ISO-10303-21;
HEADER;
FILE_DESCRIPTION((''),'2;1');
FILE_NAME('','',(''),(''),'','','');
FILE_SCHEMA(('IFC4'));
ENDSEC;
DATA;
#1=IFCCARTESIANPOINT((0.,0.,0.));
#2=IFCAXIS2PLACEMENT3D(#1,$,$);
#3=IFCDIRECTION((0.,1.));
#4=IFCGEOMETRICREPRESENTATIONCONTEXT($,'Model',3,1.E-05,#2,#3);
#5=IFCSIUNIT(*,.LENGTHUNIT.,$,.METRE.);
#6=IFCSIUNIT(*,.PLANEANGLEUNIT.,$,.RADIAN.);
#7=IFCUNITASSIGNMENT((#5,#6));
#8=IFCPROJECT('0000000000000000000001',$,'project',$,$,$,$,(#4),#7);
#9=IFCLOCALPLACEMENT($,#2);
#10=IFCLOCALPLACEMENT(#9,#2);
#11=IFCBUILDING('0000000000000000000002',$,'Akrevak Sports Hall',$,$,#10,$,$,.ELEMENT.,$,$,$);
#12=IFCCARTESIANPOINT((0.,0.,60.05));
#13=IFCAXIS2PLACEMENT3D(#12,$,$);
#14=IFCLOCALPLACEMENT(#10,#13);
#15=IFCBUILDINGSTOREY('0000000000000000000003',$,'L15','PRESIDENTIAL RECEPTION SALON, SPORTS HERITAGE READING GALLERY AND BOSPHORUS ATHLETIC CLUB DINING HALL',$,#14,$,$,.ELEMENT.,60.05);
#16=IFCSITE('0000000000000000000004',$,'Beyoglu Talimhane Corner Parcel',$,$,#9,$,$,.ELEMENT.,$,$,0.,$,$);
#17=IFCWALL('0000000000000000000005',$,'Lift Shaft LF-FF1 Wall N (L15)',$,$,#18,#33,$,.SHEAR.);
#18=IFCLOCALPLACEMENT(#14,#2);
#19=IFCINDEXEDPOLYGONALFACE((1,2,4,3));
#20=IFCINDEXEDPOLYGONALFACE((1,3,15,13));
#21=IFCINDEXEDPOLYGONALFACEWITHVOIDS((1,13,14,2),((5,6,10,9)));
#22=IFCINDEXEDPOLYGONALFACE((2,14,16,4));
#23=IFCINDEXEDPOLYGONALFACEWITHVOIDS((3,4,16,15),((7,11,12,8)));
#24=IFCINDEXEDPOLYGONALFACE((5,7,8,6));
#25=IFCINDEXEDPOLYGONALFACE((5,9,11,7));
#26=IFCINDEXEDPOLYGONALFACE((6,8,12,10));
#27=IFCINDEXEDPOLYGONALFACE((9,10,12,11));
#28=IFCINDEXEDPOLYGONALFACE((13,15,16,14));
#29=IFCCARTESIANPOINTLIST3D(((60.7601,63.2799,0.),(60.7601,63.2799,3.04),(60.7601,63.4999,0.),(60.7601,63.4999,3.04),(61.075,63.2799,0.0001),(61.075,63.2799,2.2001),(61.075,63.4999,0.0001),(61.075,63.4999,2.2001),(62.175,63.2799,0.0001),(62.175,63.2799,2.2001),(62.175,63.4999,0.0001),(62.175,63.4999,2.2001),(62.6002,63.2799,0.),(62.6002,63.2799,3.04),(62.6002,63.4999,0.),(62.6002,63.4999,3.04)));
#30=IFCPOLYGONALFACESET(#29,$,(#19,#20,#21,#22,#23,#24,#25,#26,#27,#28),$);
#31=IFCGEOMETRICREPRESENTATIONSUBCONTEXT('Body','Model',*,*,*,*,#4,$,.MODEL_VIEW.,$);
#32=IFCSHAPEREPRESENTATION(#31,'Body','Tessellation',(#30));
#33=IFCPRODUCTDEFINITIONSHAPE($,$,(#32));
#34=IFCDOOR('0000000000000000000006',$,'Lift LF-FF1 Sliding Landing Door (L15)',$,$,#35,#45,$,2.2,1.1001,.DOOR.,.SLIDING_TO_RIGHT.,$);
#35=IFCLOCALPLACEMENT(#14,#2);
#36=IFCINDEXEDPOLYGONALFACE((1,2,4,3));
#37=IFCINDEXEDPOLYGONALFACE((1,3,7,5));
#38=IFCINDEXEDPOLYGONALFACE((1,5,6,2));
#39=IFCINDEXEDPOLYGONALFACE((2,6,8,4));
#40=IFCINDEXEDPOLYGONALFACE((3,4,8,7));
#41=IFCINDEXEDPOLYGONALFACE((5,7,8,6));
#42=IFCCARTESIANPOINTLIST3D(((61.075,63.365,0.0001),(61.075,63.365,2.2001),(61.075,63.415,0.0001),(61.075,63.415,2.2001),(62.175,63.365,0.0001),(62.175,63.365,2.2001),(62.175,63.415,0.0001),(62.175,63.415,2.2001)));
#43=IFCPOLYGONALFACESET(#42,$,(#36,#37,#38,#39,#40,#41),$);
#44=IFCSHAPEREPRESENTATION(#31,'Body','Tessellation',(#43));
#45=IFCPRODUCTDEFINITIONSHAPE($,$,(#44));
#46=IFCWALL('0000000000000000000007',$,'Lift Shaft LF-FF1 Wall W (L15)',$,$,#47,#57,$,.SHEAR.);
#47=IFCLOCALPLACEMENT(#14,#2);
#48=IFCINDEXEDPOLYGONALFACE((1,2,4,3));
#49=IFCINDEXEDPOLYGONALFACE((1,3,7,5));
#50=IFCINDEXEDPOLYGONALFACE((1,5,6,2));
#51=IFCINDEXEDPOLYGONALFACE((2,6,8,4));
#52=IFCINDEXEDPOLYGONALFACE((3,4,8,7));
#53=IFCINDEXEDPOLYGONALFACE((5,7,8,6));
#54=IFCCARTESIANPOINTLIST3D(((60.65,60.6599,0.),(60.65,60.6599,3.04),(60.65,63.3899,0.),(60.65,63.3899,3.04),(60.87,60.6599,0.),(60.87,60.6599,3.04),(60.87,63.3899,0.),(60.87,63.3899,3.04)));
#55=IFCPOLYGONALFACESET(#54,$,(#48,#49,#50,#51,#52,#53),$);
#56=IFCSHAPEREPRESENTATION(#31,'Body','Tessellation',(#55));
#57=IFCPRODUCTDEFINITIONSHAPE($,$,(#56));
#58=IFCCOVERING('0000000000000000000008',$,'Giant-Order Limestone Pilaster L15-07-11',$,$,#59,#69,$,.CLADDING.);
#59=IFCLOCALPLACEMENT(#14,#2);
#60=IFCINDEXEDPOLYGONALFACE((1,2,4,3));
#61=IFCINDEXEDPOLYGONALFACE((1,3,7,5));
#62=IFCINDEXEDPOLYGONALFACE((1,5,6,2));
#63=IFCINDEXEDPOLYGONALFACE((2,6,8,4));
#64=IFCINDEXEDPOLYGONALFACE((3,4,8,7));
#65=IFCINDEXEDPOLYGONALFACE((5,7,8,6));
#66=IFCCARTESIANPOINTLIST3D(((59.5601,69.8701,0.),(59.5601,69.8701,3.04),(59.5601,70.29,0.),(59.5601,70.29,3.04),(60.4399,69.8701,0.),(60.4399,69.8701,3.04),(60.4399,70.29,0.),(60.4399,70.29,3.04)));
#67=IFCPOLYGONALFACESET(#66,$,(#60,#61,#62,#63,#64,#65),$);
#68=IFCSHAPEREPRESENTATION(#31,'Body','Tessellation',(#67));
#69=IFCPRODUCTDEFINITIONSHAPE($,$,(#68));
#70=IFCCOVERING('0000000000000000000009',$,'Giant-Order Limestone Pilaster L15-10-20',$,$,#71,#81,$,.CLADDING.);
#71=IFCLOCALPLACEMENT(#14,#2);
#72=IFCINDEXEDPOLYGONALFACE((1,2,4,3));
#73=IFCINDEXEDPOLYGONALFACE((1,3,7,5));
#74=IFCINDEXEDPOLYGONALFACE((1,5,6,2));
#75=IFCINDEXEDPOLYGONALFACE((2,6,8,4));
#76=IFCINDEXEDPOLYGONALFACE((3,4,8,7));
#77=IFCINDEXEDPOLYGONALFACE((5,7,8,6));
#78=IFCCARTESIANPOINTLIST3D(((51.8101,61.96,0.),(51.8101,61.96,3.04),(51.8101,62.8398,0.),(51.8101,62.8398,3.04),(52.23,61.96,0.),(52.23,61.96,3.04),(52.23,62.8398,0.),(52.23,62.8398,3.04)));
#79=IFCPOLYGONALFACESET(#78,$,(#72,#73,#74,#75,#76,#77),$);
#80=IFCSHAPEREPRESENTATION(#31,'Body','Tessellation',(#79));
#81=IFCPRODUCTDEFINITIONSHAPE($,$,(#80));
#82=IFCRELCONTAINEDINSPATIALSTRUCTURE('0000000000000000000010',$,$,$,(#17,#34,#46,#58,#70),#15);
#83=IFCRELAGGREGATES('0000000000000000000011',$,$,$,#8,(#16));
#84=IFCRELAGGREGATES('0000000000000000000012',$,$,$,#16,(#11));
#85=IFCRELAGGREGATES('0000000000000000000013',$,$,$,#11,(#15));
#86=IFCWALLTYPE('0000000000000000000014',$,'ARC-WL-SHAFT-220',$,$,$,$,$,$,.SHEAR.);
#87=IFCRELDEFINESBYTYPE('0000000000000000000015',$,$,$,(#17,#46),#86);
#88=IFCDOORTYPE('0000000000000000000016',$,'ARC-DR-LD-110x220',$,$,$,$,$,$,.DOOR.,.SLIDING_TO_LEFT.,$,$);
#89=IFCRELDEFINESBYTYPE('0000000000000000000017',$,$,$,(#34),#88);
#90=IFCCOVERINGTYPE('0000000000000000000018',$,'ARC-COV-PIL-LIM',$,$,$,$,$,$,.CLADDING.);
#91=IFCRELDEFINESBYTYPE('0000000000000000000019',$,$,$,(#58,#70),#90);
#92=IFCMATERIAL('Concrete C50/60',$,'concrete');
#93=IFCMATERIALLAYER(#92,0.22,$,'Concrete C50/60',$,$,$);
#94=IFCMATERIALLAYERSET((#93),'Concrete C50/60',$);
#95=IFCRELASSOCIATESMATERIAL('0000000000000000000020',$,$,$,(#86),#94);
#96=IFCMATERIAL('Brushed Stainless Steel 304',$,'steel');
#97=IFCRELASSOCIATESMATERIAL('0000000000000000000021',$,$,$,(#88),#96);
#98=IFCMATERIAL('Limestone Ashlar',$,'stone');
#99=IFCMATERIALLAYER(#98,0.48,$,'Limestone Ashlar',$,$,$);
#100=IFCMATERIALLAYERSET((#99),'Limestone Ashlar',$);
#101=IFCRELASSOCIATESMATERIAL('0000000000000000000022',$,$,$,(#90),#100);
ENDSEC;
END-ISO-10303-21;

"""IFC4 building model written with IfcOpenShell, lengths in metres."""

from ifc_helpers import new_model, si_unit, direction, frame, frame_2d, origin, origin_2d, place, context, subcontext, project, spatial, rectangle, extrude, material, layer, layer_set, type_object, element, fill, save


model = new_model("IFC4")

# Units and contexts
model_context = context("Model", 3, precision=1e-05, world=origin(), true_north=direction((0.0, 1.0)))
body_context = subcontext(model_context, "Body", "Model", "MODEL_VIEW")
ifc_project = project(units=[si_unit("LENGTHUNIT", "METRE"), si_unit("PLANEANGLEUNIT", "RADIAN")], contexts=[model_context])

# Site, building, storey
site_placement = place(None, origin())
site = spatial("IfcSite", under=ifc_project, at=site_placement, Name="Beyoglu Talimhane Corner Parcel", CompositionType="ELEMENT", RefElevation=0.0)
building_placement = place(site_placement, origin())
building = spatial("IfcBuilding", under=site, at=building_placement, Name="Akrevak Sports Hall", CompositionType="ELEMENT")
storey_placement = place(building_placement, frame((0.0, 0.0, 60.05)))
storey = spatial("IfcBuildingStorey", under=building, at=storey_placement, Name="L15", Description="PRESIDENTIAL RECEPTION SALON, SPORTS HERITAGE READING GALLERY AND BOSPHORUS ATHLETIC CLUB DINING HALL", CompositionType="ELEMENT", Elevation=60.05)

# Shared definitions
ifc_material_1 = material(Name="Limestone Ashlar", Category="stone")

# Shared definitions
ifc_material_2 = material(Name="Concrete C50/60", Category="concrete")
ifc_layer_1 = layer(ifc_material_2, 0.22, Name="Concrete C50/60")
ifc_layer_set_1 = layer_set([ifc_layer_1], Name="Concrete C50/60")
wall_type_1 = type_object("IfcWallType", Name="ARC-WL-SHAFT-220", PredefinedType="SHEAR", material=ifc_layer_set_1)

# Wall, opening, door
wall_1_placement = place(storey_placement, frame((62.6001, 63.3899, 0.0), z_axis=(0.0, 0.0, 1.0), x_axis=(-1.0, 0.0, 0.0)))
wall_1 = element("IfcWall", 1, at=wall_1_placement, inside=storey, type_object=wall_type_1, Name="Lift Shaft LF-FF1 Wall N (L15)", PredefinedType="SHEAR", context=body_context, shape_type="SweptSolid", body=[
    extrude(rectangle(XDim=1.8401, YDim=0.22, at=frame_2d((0.9199, 0.0))), origin(), (0.0, 0.0, 1.0), 3.04),
])
opening_1_placement = place(wall_1_placement, frame((0.425, 0.0, 0.0)))
opening_1 = element("IfcOpeningElement", 2, at=opening_1_placement, cuts=wall_1, PredefinedType="OPENING", context=body_context, shape_type="SweptSolid", body=[
    extrude(rectangle(XDim=1.1001, YDim=2.2, at=frame_2d((0.55, 1.1001))), frame((0.0, 0.1221, 0.0), z_axis=(0.0, -1.0, 0.0), x_axis=(1.0, 0.0, 0.0)), (0.0, 0.0, 1.0), 0.2439),
])
ifc_material_3 = material(Name="Brushed Stainless Steel 304", Category="steel")
door_type_1 = type_object("IfcDoorType", Name="ARC-DR-LD-110x220", OperationType="SLIDING_TO_LEFT", PredefinedType="DOOR", material=ifc_material_3)
door_1_placement = place(opening_1_placement, origin())
door_1 = element("IfcDoor", 3, at=door_1_placement, inside=storey, type_object=door_type_1, Name="Lift LF-FF1 Sliding Landing Door (L15)", OperationType="SLIDING_TO_RIGHT", OverallHeight=2.2, OverallWidth=1.1001, PredefinedType="DOOR", context=body_context, shape_type="SweptSolid", body=[
    extrude(rectangle(XDim=1.1001, YDim=2.2, at=frame_2d((0.55, 1.1001))), frame((0.0, 0.0249, 0.0), z_axis=(0.0, -1.0, 0.0), x_axis=(1.0, 0.0, 0.0)), (0.0, 0.0, 1.0), 0.05),
])
fill(opening_1, door_1)

# Wall
wall_2_placement = place(storey_placement, frame((60.76, 63.3899, 0.0), z_axis=(0.0, 0.0, 1.0), x_axis=(0.0, -1.0, 0.0)))
element("IfcWall", 4, at=wall_2_placement, inside=storey, type_object=wall_type_1, Name="Lift Shaft LF-FF1 Wall W (L15)", PredefinedType="SHEAR", context=body_context, shape_type="SweptSolid", body=[
    extrude(rectangle(XDim=2.73, YDim=0.22, at=frame_2d((1.365, 0.0))), origin(), (0.0, 0.0, 1.0), 3.04),
])

# Coverings
ifc_layer_2 = layer(ifc_material_1, 0.48, Name="Limestone Ashlar")
ifc_layer_set_2 = layer_set([ifc_layer_2], Name="Limestone Ashlar")
covering_type = type_object("IfcCoveringType", Name="ARC-COV-PIL-LIM", PredefinedType="CLADDING", material=ifc_layer_set_2)
for number, where, z_axis, x_axis, name in (
    (5, (60.0, 70.0801, 0.0), (0.0, 0.0, 1.0), (-1.0, 0.0, 0.0), "Giant-Order Limestone Pilaster L15-07-11"),
    (6, (52.02, 62.3999, 0.0), (0.0, 0.0, 1.0), (0.0, -1.0, 0.0), "Giant-Order Limestone Pilaster L15-10-20"),
):
    element("IfcCovering", number, at=place(storey_placement, frame(where, z_axis=z_axis, x_axis=x_axis)), inside=storey, type_object=covering_type, Name=name, PredefinedType="CLADDING", context=body_context, shape_type="SweptSolid", body=[
        extrude(rectangle(XDim=0.8799, YDim=0.4199, at=origin_2d()), origin(), (0.0, 0.0, 1.0), 3.04),
    ])

save(model, "model.ifc")
